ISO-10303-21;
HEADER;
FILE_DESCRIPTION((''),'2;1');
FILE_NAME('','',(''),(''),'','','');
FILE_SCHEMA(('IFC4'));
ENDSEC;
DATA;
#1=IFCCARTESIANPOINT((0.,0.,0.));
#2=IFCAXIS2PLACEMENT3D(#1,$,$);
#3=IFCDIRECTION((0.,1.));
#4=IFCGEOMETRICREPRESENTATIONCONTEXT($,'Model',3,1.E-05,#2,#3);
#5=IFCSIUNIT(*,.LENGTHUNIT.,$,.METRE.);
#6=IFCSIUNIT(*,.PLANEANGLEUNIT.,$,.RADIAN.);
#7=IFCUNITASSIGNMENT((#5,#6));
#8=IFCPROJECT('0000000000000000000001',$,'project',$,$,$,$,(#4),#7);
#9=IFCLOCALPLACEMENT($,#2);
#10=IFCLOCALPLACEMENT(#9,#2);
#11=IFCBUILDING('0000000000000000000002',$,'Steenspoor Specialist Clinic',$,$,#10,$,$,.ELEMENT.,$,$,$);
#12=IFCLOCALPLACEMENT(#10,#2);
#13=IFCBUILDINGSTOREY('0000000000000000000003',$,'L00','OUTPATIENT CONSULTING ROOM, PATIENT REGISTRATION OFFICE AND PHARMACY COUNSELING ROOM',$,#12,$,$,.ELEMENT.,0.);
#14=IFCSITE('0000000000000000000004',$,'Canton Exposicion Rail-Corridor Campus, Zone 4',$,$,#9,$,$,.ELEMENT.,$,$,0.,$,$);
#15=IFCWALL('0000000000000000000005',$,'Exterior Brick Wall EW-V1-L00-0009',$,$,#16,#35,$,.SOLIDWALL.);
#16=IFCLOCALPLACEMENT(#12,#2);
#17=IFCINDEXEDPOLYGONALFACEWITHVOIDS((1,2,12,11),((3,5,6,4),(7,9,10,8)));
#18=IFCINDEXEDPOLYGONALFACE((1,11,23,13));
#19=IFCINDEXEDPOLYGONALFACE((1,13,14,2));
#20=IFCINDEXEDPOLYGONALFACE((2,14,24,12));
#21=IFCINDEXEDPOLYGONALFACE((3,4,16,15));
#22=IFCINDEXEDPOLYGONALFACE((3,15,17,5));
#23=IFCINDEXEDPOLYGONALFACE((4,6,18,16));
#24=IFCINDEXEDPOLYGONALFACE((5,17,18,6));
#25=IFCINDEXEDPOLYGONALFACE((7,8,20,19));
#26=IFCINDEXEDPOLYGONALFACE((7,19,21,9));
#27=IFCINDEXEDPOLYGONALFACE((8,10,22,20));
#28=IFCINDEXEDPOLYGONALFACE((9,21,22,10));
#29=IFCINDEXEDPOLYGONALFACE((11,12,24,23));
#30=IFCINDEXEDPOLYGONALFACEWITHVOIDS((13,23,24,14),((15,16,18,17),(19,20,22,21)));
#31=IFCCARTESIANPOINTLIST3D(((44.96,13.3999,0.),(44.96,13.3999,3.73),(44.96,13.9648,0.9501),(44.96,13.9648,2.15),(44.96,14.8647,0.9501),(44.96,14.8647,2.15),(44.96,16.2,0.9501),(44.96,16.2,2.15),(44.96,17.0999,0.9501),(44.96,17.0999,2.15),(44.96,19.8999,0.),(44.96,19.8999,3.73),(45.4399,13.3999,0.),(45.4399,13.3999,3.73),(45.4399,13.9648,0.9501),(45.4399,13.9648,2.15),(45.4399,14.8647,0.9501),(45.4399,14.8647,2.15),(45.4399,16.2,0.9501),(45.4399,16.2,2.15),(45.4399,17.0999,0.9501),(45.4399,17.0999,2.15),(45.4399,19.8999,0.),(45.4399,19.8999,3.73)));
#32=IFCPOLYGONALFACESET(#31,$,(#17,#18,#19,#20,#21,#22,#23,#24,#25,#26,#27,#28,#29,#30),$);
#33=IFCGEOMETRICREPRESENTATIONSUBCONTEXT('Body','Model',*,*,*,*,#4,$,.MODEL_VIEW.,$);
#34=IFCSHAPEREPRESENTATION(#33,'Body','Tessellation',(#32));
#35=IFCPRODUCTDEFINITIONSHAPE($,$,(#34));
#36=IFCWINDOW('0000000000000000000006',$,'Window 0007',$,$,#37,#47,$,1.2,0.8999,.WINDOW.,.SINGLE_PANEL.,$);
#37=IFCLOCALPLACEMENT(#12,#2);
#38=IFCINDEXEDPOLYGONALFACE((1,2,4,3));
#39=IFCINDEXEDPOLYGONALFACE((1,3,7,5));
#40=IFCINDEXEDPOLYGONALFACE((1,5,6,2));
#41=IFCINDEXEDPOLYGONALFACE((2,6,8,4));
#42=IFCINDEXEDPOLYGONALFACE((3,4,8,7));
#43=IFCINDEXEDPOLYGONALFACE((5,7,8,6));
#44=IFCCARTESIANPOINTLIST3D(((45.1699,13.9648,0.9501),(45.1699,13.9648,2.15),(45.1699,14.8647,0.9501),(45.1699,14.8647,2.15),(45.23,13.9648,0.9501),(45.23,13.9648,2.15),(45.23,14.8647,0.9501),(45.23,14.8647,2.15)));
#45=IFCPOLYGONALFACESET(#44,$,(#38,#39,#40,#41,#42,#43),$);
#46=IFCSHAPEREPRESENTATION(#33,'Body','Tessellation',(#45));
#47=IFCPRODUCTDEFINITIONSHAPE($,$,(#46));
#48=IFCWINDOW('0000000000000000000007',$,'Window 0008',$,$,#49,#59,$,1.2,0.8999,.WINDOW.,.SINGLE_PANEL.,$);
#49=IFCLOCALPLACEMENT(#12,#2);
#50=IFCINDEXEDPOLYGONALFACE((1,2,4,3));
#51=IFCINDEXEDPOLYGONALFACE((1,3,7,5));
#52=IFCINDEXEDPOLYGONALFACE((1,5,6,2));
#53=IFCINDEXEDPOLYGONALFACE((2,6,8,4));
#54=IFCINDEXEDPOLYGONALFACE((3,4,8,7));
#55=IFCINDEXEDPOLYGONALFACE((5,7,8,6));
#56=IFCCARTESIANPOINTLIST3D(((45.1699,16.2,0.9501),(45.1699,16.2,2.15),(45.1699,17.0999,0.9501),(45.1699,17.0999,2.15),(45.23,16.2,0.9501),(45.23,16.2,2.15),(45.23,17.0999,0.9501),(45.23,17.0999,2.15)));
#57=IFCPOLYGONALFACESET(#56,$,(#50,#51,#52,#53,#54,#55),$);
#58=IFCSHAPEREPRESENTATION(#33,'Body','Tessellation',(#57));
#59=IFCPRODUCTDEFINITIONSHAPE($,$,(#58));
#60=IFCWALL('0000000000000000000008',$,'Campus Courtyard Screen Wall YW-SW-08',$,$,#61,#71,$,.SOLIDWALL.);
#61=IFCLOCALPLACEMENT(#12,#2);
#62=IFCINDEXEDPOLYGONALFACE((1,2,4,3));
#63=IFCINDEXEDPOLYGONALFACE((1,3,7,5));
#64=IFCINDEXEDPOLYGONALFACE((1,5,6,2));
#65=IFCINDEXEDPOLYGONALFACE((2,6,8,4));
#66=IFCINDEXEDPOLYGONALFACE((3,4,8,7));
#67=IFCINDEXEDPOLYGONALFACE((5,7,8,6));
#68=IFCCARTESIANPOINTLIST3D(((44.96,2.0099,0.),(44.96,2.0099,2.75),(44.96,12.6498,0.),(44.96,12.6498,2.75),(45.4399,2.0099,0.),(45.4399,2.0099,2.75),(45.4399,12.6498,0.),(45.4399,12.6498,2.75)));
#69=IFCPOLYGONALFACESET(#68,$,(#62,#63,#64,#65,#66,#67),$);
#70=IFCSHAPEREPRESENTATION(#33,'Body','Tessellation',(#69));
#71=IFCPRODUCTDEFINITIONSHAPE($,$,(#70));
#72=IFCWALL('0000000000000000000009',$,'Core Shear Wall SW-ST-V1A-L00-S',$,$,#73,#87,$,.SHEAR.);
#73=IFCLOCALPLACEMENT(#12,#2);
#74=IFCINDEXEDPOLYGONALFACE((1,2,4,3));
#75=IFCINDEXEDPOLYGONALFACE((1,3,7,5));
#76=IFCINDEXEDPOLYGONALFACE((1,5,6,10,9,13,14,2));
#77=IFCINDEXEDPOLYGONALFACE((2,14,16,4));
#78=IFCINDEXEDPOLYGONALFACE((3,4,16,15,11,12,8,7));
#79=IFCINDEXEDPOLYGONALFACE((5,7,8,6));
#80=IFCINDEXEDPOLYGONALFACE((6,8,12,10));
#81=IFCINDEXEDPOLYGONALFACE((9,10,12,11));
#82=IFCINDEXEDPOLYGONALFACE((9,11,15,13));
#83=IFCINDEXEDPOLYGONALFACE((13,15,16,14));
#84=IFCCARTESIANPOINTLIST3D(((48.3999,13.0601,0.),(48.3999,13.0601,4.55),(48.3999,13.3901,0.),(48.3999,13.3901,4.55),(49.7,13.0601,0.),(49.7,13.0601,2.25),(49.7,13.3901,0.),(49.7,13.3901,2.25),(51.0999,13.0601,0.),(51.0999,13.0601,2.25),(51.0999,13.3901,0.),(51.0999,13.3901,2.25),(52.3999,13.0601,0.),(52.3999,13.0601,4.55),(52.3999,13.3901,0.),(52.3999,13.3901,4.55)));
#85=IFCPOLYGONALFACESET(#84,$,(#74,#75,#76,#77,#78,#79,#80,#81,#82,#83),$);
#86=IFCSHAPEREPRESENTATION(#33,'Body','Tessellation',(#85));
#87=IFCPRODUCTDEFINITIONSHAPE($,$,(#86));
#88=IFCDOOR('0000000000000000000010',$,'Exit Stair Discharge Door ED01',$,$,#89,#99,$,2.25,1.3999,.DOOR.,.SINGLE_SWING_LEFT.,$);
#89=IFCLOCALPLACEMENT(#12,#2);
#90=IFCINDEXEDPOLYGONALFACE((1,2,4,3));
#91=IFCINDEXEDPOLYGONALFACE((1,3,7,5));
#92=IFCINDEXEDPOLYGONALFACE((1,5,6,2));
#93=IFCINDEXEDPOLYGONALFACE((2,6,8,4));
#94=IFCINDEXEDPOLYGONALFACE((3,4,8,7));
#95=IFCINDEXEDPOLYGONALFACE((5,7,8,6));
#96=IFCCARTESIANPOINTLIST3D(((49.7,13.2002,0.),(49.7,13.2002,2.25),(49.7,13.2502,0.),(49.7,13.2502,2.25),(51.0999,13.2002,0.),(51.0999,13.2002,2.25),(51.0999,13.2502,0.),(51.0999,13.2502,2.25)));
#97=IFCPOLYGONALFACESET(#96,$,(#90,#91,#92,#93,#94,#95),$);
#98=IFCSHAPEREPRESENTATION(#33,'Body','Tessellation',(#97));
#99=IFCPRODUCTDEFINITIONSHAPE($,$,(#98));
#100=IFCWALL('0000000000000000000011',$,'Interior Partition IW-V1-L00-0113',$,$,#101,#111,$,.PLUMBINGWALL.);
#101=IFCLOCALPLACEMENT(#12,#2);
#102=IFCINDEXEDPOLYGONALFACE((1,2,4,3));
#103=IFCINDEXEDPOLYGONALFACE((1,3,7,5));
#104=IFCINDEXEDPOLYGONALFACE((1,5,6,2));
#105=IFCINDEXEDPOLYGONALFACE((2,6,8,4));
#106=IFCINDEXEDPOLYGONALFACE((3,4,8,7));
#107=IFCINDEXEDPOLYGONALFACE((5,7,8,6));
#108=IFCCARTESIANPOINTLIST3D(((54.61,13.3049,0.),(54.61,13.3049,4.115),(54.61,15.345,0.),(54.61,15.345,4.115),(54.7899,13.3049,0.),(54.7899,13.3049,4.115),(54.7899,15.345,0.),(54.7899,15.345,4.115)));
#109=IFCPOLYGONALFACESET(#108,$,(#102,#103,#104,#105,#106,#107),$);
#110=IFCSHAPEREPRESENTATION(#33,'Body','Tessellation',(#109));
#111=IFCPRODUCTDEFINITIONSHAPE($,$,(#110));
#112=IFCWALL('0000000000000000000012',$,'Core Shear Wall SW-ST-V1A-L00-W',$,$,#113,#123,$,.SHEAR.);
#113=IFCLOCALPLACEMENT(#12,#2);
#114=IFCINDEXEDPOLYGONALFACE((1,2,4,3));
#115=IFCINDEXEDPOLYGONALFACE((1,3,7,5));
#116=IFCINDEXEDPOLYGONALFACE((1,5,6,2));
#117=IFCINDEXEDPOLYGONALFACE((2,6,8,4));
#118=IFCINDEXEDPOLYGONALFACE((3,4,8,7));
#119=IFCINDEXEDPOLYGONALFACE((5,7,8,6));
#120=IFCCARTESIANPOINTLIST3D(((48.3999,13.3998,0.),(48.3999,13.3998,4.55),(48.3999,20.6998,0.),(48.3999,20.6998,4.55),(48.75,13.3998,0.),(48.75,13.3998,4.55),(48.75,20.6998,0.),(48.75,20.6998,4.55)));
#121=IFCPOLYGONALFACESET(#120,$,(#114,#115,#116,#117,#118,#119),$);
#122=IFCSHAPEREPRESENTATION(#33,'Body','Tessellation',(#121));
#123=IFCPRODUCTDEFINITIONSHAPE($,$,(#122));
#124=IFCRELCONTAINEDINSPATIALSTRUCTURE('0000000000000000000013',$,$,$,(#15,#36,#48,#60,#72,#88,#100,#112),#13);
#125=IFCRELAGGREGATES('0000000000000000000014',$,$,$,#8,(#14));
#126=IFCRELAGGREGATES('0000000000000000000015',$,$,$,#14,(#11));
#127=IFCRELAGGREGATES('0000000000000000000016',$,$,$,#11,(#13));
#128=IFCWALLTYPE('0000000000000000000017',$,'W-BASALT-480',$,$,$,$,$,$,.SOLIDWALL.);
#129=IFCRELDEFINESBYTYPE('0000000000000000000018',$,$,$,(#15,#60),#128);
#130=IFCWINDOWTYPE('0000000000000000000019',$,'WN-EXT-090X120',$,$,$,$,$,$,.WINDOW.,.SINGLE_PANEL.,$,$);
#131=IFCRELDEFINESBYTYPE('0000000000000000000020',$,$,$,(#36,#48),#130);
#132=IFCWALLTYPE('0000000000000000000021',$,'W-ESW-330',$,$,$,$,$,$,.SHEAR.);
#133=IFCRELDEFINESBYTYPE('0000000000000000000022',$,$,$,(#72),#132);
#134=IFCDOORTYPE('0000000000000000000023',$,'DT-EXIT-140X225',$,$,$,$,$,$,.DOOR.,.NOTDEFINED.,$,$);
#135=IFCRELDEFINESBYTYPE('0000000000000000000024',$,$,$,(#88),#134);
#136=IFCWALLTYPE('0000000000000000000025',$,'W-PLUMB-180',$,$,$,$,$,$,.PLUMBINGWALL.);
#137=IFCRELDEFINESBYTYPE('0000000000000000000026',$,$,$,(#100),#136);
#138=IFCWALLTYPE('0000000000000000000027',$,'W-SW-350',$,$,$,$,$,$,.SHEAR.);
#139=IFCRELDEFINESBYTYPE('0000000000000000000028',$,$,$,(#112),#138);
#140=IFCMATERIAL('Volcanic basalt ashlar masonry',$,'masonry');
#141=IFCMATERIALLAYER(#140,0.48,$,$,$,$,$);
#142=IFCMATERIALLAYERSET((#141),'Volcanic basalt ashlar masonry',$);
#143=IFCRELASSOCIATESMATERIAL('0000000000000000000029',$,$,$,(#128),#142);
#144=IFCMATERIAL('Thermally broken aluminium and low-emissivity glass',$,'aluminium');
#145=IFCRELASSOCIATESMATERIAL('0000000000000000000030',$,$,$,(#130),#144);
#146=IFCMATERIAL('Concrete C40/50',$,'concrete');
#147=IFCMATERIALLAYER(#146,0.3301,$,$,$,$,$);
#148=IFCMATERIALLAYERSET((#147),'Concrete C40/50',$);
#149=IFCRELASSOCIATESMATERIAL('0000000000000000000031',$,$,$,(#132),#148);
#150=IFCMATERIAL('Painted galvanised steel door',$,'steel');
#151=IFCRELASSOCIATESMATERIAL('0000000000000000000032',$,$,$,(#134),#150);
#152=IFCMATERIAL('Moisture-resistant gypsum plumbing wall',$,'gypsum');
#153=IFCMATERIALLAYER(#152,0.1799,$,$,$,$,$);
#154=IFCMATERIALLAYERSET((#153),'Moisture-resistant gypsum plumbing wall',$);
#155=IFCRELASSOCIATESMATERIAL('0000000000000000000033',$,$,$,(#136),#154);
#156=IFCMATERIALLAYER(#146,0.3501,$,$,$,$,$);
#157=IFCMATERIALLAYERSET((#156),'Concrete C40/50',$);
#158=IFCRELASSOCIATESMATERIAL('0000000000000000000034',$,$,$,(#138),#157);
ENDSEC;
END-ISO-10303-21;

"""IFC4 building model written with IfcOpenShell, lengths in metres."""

from ifc_helpers import new_model, si_unit, direction, frame, frame_2d, origin, place, context, subcontext, project, spatial, rectangle, extrude, material, layer, layer_set, type_object, element, fill, save


model = new_model("IFC4")

# Units and contexts
model_context = context("Model", 3, precision=1e-05, world=origin(), true_north=direction((0.0, 1.0)))
body_context = subcontext(model_context, "Body", "Model", "MODEL_VIEW")
ifc_project = project(units=[si_unit("LENGTHUNIT", "METRE"), si_unit("PLANEANGLEUNIT", "RADIAN")], contexts=[model_context])

# Site, building, storey
site_placement = place(None, origin())
site = spatial("IfcSite", under=ifc_project, at=site_placement, Name="Canton Exposicion Rail-Corridor Campus, Zone 4", CompositionType="ELEMENT", RefElevation=0.0)
building_placement = place(site_placement, origin())
building = spatial("IfcBuilding", under=site, at=building_placement, Name="Steenspoor Specialist Clinic", CompositionType="ELEMENT")
storey_placement = place(building_placement, origin())
storey = spatial("IfcBuildingStorey", under=building, at=storey_placement, Name="L00", Description="OUTPATIENT CONSULTING ROOM, PATIENT REGISTRATION OFFICE AND PHARMACY COUNSELING ROOM", CompositionType="ELEMENT", Elevation=0.0)

# Shared definitions
ifc_material_1 = material(Name="Concrete C40/50", Category="concrete")

# Shared definitions
ifc_material_2 = material(Name="Volcanic basalt ashlar masonry", Category="masonry")
ifc_layer_1 = layer(ifc_material_2, 0.48)
ifc_layer_set_1 = layer_set([ifc_layer_1], Name="Volcanic basalt ashlar masonry")
wall_type_1 = type_object("IfcWallType", Name="W-BASALT-480", PredefinedType="SOLIDWALL", material=ifc_layer_set_1)
ifc_material_3 = material(Name="Thermally broken aluminium and low-emissivity glass", Category="aluminium")

# Wall, openings, windows
wall_1_placement = place(storey_placement, frame((45.2, 13.3999, 0.0), z_axis=(0.0, 0.0, 1.0), x_axis=(0.0, 1.0, 0.0)))
wall_1 = element("IfcWall", 1, at=wall_1_placement, inside=storey, type_object=wall_type_1, Name="Exterior Brick Wall EW-V1-L00-0009", PredefinedType="SOLIDWALL", context=body_context, shape_type="SweptSolid", body=[
    extrude(rectangle(XDim=6.5, YDim=0.48, at=frame_2d((3.25, 0.0))), origin(), (0.0, 0.0, 1.0), 3.73),
])
opening_1_placement = place(wall_1_placement, frame((0.5649, 0.0, 0.95)))
opening_1 = element("IfcOpeningElement", 2, at=opening_1_placement, cuts=wall_1, PredefinedType="OPENING", context=body_context, shape_type="SweptSolid", body=[
    extrude(rectangle(XDim=0.8999, YDim=1.2, at=frame_2d((0.45, 0.6001))), frame((0.0, 0.25, 0.0), z_axis=(0.0, -1.0, 0.0), x_axis=(1.0, 0.0, 0.0)), (0.0, 0.0, 1.0), 0.5),
])
opening_2_placement = place(wall_1_placement, frame((2.8, 0.0, 0.95)))
opening_2 = element("IfcOpeningElement", 3, at=opening_2_placement, cuts=wall_1, PredefinedType="OPENING", context=body_context, shape_type="SweptSolid", body=[
    extrude(rectangle(XDim=0.8999, YDim=1.2, at=frame_2d((0.45, 0.6001))), frame((0.0, 0.25, 0.0), z_axis=(0.0, -1.0, 0.0), x_axis=(1.0, 0.0, 0.0)), (0.0, 0.0, 1.0), 0.5),
])
window_type_1 = type_object("IfcWindowType", Name="WN-EXT-090X120", PartitioningType="SINGLE_PANEL", PredefinedType="WINDOW", material=ifc_material_3)
window_1_placement = place(opening_1_placement, origin())
window_1 = element("IfcWindow", 4, at=window_1_placement, inside=storey, type_object=window_type_1, Name="Window 0007", OverallHeight=1.2, OverallWidth=0.8999, PartitioningType="SINGLE_PANEL", PredefinedType="WINDOW", context=body_context, shape_type="SweptSolid", body=[
    extrude(rectangle(XDim=0.8999, YDim=1.2, at=frame_2d((0.45, 0.6001))), frame((0.0, 0.03, 0.0), z_axis=(0.0, -1.0, 0.0), x_axis=(1.0, 0.0, 0.0)), (0.0, 0.0, 1.0), 0.0601),
])
fill(opening_1, window_1)
window_2_placement = place(opening_2_placement, origin())
window_2 = element("IfcWindow", 5, at=window_2_placement, inside=storey, type_object=window_type_1, Name="Window 0008", OverallHeight=1.2, OverallWidth=0.8999, PartitioningType="SINGLE_PANEL", PredefinedType="WINDOW", context=body_context, shape_type="SweptSolid", body=[
    extrude(rectangle(XDim=0.8999, YDim=1.2, at=frame_2d((0.45, 0.6001))), frame((0.0, 0.03, 0.0), z_axis=(0.0, -1.0, 0.0), x_axis=(1.0, 0.0, 0.0)), (0.0, 0.0, 1.0), 0.0601),
])
fill(opening_2, window_2)

# Wall
wall_2_placement = place(storey_placement, frame((45.2, 2.01, 0.0), z_axis=(0.0, 0.0, 1.0), x_axis=(0.0, 1.0, 0.0)))
element("IfcWall", 6, at=wall_2_placement, inside=storey, type_object=wall_type_1, Name="Campus Courtyard Screen Wall YW-SW-08", PredefinedType="SOLIDWALL", context=body_context, shape_type="SweptSolid", body=[
    extrude(rectangle(XDim=10.6399, YDim=0.48, at=frame_2d((5.3198, 0.0))), origin(), (0.0, 0.0, 1.0), 2.75),
])

# Wall, opening, door
ifc_layer_2 = layer(ifc_material_1, 0.3301)
ifc_layer_set_2 = layer_set([ifc_layer_2], Name="Concrete C40/50")
wall_type_2 = type_object("IfcWallType", Name="W-ESW-330", PredefinedType="SHEAR", material=ifc_layer_set_2)
wall_3_placement = place(storey_placement, frame((52.3999, 13.2251, 0.0), z_axis=(0.0, 0.0, 1.0), x_axis=(-1.0, 0.0, 0.0)))
wall_3 = element("IfcWall", 7, at=wall_3_placement, inside=storey, type_object=wall_type_2, Name="Core Shear Wall SW-ST-V1A-L00-S", PredefinedType="SHEAR", context=body_context, shape_type="SweptSolid", body=[
    extrude(rectangle(XDim=4.0, YDim=0.3301, at=frame_2d((2.0, 0.0))), origin(), (0.0, 0.0, 1.0), 4.55),
])
opening_3_placement = place(wall_3_placement, frame((1.3, 0.0, 0.0)))
opening_3 = element("IfcOpeningElement", 8, at=opening_3_placement, cuts=wall_3, PredefinedType="OPENING", context=body_context, shape_type="SweptSolid", body=[
    extrude(rectangle(XDim=1.3999, YDim=2.25, at=frame_2d((0.7, 1.125))), frame((0.0, 0.175, 0.0), z_axis=(0.0, -1.0, 0.0), x_axis=(1.0, 0.0, 0.0)), (0.0, 0.0, 1.0), 0.3501),
])
ifc_material_4 = material(Name="Painted galvanised steel door", Category="steel")
door_type_1 = type_object("IfcDoorType", Name="DT-EXIT-140X225", OperationType="NOTDEFINED", PredefinedType="DOOR", material=ifc_material_4)
door_1_placement = place(opening_3_placement, origin())
door_1 = element("IfcDoor", 9, at=door_1_placement, inside=storey, type_object=door_type_1, Name="Exit Stair Discharge Door ED01", OperationType="SINGLE_SWING_LEFT", OverallHeight=2.25, OverallWidth=1.3999, PredefinedType="DOOR", context=body_context, shape_type="SweptSolid", body=[
    extrude(rectangle(XDim=1.3999, YDim=2.25, at=frame_2d((0.7, 1.125))), frame((0.0, 0.0249, 0.0), z_axis=(0.0, -1.0, 0.0), x_axis=(1.0, 0.0, 0.0)), (0.0, 0.0, 1.0), 0.05),
])
fill(opening_3, door_1)

# Walls
ifc_material_5 = material(Name="Moisture-resistant gypsum plumbing wall", Category="gypsum")
ifc_layer_3 = layer(ifc_material_5, 0.1799)
ifc_layer_set_3 = layer_set([ifc_layer_3], Name="Moisture-resistant gypsum plumbing wall")
wall_type_3 = type_object("IfcWallType", Name="W-PLUMB-180", PredefinedType="PLUMBINGWALL", material=ifc_layer_set_3)
wall_4_placement = place(storey_placement, frame((54.7, 13.3049, 0.0), z_axis=(0.0, 0.0, 1.0), x_axis=(0.0, 1.0, 0.0)))
element("IfcWall", 10, at=wall_4_placement, inside=storey, type_object=wall_type_3, Name="Interior Partition IW-V1-L00-0113", PredefinedType="PLUMBINGWALL", context=body_context, shape_type="SweptSolid", body=[
    extrude(rectangle(XDim=2.04, YDim=0.1799, at=frame_2d((1.02, 0.0))), origin(), (0.0, 0.0, 1.0), 4.115),
])
ifc_layer_4 = layer(ifc_material_1, 0.3501)
ifc_layer_set_4 = layer_set([ifc_layer_4], Name="Concrete C40/50")
wall_type_4 = type_object("IfcWallType", Name="W-SW-350", PredefinedType="SHEAR", material=ifc_layer_set_4)
wall_5_placement = place(storey_placement, frame((48.575, 13.3999, 0.0), z_axis=(0.0, 0.0, 1.0), x_axis=(0.0, 1.0, 0.0)))
element("IfcWall", 11, at=wall_5_placement, inside=storey, type_object=wall_type_4, Name="Core Shear Wall SW-ST-V1A-L00-W", PredefinedType="SHEAR", context=body_context, shape_type="SweptSolid", body=[
    extrude(rectangle(XDim=7.3, YDim=0.3501, at=frame_2d((3.6499, 0.0))), origin(), (0.0, 0.0, 1.0), 4.55),
])

save(model, "model.ifc")
